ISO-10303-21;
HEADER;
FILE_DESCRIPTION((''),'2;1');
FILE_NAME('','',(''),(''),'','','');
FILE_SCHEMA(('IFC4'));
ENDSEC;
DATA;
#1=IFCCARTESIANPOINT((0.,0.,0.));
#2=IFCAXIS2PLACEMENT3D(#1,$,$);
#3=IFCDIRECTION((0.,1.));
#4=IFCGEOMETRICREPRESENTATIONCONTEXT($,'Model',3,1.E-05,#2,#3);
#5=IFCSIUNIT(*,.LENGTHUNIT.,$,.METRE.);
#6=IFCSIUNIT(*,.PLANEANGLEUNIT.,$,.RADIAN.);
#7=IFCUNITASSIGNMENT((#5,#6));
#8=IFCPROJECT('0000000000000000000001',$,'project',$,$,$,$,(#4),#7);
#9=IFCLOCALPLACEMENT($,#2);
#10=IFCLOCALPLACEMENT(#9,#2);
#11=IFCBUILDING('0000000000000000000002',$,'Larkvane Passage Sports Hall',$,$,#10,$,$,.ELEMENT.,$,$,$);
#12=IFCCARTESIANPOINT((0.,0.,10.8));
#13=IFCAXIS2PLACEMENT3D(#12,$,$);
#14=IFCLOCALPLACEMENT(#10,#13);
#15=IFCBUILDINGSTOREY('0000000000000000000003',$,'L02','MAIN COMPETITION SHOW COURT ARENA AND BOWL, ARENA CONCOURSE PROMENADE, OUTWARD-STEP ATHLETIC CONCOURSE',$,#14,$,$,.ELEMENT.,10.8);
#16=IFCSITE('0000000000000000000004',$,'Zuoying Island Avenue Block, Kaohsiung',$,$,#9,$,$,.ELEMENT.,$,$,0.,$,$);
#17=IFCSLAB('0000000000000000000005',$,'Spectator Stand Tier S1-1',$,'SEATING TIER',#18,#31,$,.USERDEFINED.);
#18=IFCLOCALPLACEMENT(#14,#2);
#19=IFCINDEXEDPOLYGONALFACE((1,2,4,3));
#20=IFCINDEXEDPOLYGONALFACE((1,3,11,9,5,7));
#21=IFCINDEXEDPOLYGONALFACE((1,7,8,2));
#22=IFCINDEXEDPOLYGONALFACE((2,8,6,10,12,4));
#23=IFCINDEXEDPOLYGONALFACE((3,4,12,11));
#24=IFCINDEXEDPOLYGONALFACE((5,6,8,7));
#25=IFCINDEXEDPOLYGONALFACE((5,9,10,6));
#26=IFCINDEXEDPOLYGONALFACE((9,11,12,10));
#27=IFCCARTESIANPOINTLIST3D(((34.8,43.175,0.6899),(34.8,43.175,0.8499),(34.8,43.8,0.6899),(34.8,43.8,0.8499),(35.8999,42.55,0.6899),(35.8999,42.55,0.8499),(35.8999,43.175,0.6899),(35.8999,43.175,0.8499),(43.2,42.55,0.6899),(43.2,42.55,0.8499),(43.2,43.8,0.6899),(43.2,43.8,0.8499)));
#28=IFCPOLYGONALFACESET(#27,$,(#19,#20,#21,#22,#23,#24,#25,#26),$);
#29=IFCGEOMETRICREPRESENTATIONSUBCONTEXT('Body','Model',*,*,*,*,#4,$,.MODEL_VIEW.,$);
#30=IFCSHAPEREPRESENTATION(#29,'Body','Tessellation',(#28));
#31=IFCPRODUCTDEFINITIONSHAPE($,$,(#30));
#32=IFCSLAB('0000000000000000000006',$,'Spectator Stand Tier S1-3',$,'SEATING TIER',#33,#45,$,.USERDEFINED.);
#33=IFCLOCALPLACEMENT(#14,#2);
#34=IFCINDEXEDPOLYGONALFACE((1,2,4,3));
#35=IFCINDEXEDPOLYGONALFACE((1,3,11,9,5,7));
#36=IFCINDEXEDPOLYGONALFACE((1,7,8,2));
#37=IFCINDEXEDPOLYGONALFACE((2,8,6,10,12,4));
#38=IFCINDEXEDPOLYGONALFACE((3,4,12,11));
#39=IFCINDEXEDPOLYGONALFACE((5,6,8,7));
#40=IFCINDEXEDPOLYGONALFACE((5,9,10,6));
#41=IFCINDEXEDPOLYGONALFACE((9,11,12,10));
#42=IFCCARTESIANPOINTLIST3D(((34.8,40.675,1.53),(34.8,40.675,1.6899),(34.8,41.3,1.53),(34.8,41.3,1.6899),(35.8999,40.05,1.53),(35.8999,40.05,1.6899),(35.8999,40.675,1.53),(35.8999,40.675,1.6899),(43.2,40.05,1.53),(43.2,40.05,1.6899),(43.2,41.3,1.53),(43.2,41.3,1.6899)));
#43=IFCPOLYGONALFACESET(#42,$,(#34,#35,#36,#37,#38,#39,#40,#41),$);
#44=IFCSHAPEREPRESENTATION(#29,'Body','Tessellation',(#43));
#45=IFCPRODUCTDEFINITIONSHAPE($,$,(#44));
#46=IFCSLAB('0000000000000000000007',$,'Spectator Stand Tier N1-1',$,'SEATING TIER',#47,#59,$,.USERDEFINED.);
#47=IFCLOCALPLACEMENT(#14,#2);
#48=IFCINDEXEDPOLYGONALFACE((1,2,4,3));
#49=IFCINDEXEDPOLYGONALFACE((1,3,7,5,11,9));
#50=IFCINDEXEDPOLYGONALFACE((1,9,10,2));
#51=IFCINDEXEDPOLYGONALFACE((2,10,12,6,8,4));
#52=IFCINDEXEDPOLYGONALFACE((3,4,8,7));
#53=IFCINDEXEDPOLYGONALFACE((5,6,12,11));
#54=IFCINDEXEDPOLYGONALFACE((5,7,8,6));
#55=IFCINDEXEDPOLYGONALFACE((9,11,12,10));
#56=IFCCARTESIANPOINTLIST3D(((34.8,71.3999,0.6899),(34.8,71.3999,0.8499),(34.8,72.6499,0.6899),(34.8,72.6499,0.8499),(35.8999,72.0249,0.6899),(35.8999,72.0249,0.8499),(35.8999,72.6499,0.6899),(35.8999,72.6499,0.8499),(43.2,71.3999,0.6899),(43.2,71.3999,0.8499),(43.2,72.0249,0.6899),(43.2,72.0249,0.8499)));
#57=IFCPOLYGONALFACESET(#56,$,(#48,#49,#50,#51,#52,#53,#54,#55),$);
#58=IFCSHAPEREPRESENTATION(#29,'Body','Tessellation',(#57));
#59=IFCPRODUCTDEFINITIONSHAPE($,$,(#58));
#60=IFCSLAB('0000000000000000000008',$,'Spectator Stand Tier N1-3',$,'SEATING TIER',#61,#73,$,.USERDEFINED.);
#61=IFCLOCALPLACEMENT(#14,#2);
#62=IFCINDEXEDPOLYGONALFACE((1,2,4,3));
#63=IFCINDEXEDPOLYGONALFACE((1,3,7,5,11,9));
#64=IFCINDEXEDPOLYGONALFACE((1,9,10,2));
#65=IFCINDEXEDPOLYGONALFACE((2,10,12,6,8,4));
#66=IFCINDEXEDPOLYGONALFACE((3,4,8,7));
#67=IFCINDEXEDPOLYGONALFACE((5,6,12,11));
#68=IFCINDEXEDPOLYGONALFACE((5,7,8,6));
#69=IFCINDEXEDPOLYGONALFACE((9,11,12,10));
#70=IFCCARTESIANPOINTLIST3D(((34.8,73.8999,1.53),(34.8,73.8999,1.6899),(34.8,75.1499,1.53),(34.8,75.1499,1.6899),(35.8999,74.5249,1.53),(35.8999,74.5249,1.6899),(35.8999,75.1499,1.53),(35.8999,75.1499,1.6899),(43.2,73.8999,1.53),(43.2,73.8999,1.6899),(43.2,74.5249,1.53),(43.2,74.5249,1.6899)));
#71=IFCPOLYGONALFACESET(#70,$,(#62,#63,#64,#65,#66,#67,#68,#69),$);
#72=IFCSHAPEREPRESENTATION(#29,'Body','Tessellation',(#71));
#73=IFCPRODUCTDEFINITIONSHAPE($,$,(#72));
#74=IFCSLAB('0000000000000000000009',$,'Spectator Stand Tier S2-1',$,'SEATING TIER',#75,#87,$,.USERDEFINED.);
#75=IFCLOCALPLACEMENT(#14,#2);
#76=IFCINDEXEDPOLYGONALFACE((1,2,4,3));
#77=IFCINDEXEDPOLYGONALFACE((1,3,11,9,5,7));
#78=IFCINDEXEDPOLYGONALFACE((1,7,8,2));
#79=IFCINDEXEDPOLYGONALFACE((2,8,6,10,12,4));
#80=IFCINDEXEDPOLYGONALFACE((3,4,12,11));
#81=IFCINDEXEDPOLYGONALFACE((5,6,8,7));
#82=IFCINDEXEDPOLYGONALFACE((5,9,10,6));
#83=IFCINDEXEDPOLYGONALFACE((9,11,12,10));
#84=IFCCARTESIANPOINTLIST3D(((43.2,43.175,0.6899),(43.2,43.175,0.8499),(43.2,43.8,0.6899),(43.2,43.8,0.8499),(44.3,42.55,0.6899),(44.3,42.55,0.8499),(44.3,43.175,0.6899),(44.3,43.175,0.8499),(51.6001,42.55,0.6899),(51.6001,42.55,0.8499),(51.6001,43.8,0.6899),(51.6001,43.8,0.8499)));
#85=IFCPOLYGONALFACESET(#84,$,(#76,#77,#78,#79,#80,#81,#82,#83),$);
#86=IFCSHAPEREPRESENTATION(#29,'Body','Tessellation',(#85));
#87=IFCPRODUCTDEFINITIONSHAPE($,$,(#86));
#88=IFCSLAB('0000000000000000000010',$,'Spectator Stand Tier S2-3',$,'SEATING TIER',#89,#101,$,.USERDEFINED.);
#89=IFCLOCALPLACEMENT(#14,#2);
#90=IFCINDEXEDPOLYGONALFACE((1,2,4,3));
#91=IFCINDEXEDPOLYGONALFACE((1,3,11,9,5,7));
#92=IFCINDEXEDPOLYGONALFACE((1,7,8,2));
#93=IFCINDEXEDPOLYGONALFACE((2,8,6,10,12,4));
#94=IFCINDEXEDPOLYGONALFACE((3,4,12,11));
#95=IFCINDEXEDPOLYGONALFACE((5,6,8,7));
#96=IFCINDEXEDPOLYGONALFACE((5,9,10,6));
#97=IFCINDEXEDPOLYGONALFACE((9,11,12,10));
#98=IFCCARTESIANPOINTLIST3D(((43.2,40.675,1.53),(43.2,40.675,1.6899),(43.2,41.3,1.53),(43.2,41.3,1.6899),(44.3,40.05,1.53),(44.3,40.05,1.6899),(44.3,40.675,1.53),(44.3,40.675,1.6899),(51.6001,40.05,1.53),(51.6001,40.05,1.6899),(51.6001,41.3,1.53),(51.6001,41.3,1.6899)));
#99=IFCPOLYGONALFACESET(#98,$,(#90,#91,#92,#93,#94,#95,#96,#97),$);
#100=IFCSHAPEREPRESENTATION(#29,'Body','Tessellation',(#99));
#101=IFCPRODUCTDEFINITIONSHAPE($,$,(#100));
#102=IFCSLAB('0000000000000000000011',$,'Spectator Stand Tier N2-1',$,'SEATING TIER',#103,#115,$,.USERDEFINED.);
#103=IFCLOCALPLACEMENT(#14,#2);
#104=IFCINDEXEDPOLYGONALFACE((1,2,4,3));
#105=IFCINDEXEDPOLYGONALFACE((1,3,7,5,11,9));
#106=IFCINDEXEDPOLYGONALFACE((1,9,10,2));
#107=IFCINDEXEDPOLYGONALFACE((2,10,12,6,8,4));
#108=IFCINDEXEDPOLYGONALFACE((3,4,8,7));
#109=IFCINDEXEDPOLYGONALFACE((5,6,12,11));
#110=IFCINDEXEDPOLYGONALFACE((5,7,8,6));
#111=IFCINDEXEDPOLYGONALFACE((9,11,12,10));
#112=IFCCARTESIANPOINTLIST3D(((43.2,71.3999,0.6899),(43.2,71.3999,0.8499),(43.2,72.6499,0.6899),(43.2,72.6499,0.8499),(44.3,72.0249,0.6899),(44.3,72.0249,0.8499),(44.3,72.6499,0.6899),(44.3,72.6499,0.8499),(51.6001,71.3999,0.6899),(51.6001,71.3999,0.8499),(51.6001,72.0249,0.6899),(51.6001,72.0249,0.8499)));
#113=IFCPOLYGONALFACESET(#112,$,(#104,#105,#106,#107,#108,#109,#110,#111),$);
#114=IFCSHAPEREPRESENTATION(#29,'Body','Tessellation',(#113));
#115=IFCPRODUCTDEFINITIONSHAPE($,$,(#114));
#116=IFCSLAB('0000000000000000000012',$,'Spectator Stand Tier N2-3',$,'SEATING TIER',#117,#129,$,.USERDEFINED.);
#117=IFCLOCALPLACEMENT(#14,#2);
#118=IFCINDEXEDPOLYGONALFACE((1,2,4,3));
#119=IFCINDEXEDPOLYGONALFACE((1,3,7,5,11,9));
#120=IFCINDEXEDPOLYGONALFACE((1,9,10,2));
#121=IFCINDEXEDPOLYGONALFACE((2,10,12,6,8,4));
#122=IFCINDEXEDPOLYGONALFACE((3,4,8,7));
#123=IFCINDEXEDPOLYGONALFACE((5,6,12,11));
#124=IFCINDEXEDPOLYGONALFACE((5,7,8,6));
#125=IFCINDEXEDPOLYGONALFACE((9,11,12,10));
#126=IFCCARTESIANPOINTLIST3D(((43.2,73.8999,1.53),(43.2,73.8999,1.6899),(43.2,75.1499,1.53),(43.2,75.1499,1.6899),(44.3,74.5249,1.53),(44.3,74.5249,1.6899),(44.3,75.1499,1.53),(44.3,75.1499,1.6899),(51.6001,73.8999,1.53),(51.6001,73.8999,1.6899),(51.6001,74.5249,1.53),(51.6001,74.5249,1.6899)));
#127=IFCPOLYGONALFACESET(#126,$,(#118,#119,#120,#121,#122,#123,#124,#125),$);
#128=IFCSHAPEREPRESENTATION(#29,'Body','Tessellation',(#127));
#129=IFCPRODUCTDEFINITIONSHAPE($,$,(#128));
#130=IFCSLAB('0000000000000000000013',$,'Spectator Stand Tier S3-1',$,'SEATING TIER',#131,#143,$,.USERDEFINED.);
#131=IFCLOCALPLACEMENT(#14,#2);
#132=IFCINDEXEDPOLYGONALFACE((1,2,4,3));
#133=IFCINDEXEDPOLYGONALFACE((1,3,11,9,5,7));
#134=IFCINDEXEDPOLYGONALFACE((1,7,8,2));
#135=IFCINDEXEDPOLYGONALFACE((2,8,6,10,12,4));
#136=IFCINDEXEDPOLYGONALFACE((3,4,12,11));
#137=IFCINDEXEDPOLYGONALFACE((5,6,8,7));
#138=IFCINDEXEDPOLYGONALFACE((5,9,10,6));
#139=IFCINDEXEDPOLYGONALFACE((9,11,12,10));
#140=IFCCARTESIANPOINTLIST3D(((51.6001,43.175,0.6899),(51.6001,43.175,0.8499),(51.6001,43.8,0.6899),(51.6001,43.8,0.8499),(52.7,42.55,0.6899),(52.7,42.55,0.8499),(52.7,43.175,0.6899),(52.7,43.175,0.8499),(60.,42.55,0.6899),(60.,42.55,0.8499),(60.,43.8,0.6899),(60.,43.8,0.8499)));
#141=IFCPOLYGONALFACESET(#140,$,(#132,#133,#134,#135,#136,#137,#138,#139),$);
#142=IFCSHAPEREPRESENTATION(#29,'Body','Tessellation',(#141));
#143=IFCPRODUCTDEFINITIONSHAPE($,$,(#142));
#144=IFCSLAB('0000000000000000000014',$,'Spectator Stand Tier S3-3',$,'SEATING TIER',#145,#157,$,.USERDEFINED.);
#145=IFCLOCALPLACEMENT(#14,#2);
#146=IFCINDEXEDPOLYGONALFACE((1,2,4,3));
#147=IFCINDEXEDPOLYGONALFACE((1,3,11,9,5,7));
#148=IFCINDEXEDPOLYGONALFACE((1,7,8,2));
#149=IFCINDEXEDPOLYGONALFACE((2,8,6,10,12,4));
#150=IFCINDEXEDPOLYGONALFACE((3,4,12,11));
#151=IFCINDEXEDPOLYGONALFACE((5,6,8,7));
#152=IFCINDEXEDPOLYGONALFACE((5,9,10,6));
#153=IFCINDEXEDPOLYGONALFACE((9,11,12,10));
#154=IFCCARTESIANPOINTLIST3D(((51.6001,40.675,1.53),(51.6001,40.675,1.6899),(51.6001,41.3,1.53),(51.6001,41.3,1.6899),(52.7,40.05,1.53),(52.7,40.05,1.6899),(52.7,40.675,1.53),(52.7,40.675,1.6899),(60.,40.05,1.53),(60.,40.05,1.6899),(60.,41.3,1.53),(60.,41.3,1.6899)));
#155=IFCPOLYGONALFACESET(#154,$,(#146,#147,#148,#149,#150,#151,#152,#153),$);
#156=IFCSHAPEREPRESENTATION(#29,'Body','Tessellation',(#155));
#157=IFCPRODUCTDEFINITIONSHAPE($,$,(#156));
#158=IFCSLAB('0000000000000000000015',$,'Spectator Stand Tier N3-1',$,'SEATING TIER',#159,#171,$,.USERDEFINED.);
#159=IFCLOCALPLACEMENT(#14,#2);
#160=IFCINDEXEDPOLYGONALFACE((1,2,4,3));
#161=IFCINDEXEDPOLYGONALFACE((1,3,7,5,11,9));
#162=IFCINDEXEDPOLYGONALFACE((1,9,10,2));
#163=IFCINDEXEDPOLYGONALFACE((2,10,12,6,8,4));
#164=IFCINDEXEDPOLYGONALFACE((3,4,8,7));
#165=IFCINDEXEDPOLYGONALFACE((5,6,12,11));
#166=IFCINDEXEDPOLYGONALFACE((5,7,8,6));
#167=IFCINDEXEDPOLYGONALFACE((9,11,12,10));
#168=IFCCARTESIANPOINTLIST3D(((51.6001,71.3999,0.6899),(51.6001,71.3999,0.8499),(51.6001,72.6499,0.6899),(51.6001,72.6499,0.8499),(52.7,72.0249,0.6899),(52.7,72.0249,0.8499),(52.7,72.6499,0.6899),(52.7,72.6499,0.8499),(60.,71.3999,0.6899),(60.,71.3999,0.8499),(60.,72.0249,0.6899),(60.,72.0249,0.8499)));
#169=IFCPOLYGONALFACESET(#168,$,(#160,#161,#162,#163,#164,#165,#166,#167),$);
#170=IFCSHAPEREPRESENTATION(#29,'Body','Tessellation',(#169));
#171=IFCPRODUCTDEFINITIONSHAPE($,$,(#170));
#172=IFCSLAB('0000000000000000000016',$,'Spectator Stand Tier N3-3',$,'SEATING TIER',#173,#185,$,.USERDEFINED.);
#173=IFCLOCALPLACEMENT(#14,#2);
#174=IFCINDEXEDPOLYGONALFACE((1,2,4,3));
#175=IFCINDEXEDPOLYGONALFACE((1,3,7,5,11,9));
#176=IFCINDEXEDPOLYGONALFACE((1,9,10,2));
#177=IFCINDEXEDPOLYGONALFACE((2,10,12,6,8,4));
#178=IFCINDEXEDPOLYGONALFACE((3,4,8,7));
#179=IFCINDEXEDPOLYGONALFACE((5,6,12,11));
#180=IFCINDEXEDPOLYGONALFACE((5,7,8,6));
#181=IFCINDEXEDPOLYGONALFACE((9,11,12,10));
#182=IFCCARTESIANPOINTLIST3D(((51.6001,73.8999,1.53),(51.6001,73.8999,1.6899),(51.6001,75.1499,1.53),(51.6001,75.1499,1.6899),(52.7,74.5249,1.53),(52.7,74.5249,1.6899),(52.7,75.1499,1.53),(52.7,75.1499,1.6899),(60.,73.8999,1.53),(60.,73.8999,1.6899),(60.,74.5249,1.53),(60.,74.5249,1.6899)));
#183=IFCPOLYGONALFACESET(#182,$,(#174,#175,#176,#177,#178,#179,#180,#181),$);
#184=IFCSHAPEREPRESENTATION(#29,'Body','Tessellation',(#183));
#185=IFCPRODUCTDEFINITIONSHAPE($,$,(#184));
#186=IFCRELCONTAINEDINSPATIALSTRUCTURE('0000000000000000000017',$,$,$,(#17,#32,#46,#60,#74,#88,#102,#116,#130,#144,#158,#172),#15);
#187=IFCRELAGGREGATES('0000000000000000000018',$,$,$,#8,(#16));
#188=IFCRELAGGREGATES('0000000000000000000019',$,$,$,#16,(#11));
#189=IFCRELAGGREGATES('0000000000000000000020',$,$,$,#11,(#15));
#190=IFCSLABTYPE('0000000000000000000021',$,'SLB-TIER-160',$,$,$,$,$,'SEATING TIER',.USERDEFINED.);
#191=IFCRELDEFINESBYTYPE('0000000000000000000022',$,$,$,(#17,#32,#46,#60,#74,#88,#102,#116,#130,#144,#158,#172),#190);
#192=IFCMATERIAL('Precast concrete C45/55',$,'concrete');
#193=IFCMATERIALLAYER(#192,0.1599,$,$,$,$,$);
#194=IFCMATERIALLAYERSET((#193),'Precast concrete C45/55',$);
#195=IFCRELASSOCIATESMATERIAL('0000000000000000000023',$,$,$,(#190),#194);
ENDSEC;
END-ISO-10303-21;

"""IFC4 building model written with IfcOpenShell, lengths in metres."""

from ifc_helpers import new_model, si_unit, direction, frame, origin, place, context, subcontext, project, spatial, polyline, outline, extrude, material, layer, layer_set, type_object, element, save


model = new_model("IFC4")

# Units and contexts
model_context = context("Model", 3, precision=1e-05, world=origin(), true_north=direction((0.0, 1.0)))
body_context = subcontext(model_context, "Body", "Model", "MODEL_VIEW")
ifc_project = project(units=[si_unit("LENGTHUNIT", "METRE"), si_unit("PLANEANGLEUNIT", "RADIAN")], contexts=[model_context])

# Site, building, storey
site_placement = place(None, origin())
site = spatial("IfcSite", under=ifc_project, at=site_placement, Name="Zuoying Island Avenue Block, Kaohsiung", CompositionType="ELEMENT", RefElevation=0.0)
building_placement = place(site_placement, origin())
building = spatial("IfcBuilding", under=site, at=building_placement, Name="Larkvane Passage Sports Hall", CompositionType="ELEMENT")
storey_placement = place(building_placement, frame((0.0, 0.0, 10.8)))
storey = spatial("IfcBuildingStorey", under=building, at=storey_placement, Name="L02", Description="MAIN COMPETITION SHOW COURT ARENA AND BOWL, ARENA CONCOURSE PROMENADE, OUTWARD-STEP ATHLETIC CONCOURSE", CompositionType="ELEMENT", Elevation=10.8)

# Slabs
ifc_material_1 = material(Name="Precast concrete C45/55", Category="concrete")
ifc_layer_1 = layer(ifc_material_1, 0.1599)
ifc_layer_set_1 = layer_set([ifc_layer_1], Name="Precast concrete C45/55")
slab_type_1 = type_object("IfcSlabType", Name="SLB-TIER-160", ElementType="SEATING TIER", PredefinedType="USERDEFINED", material=ifc_layer_set_1)
slab_1_placement = place(storey_placement, frame((0.0, 0.0, 0.6899)))
element("IfcSlab", 1, at=slab_1_placement, inside=storey, type_object=slab_type_1, Name="Spectator Stand Tier S1-1", ObjectType="SEATING TIER", PredefinedType="USERDEFINED", context=body_context, shape_type="SweptSolid", body=[
    extrude(outline(polyline([(35.8999, 42.55), (43.2, 42.55), (43.2, 43.8), (34.8, 43.8), (34.8, 43.175), (35.8999, 43.175), (35.8999, 42.55)])), origin(), (0.0, 0.0, 1.0), 0.1599),
])
slab_2_placement = place(storey_placement, frame((0.0, 0.0, 1.53)))
element("IfcSlab", 2, at=slab_2_placement, inside=storey, type_object=slab_type_1, Name="Spectator Stand Tier S1-3", ObjectType="SEATING TIER", PredefinedType="USERDEFINED", context=body_context, shape_type="SweptSolid", body=[
    extrude(outline(polyline([(35.8999, 40.05), (43.2, 40.05), (43.2, 41.3), (34.8, 41.3), (34.8, 40.675), (35.8999, 40.675), (35.8999, 40.05)])), origin(), (0.0, 0.0, 1.0), 0.1599),
])
slab_3_placement = place(storey_placement, frame((0.0, 0.0, 0.6899)))
element("IfcSlab", 3, at=slab_3_placement, inside=storey, type_object=slab_type_1, Name="Spectator Stand Tier N1-1", ObjectType="SEATING TIER", PredefinedType="USERDEFINED", context=body_context, shape_type="SweptSolid", body=[
    extrude(outline(polyline([(34.8, 71.3999), (43.2, 71.3999), (43.2, 72.0249), (35.8999, 72.0249), (35.8999, 72.6499), (34.8, 72.6499), (34.8, 71.3999)])), origin(), (0.0, 0.0, 1.0), 0.1599),
])
slab_4_placement = place(storey_placement, frame((0.0, 0.0, 1.53)))
element("IfcSlab", 4, at=slab_4_placement, inside=storey, type_object=slab_type_1, Name="Spectator Stand Tier N1-3", ObjectType="SEATING TIER", PredefinedType="USERDEFINED", context=body_context, shape_type="SweptSolid", body=[
    extrude(outline(polyline([(34.8, 73.8999), (43.2, 73.8999), (43.2, 74.5249), (35.8999, 74.5249), (35.8999, 75.1499), (34.8, 75.1499), (34.8, 73.8999)])), origin(), (0.0, 0.0, 1.0), 0.1599),
])
slab_5_placement = place(storey_placement, frame((0.0, 0.0, 0.6899)))
element("IfcSlab", 5, at=slab_5_placement, inside=storey, type_object=slab_type_1, Name="Spectator Stand Tier S2-1", ObjectType="SEATING TIER", PredefinedType="USERDEFINED", context=body_context, shape_type="SweptSolid", body=[
    extrude(outline(polyline([(44.3, 42.55), (51.6001, 42.55), (51.6001, 43.8), (43.2, 43.8), (43.2, 43.175), (44.3, 43.175), (44.3, 42.55)])), origin(), (0.0, 0.0, 1.0), 0.1599),
])
slab_6_placement = place(storey_placement, frame((0.0, 0.0, 1.53)))
element("IfcSlab", 6, at=slab_6_placement, inside=storey, type_object=slab_type_1, Name="Spectator Stand Tier S2-3", ObjectType="SEATING TIER", PredefinedType="USERDEFINED", context=body_context, shape_type="SweptSolid", body=[
    extrude(outline(polyline([(44.3, 40.05), (51.6001, 40.05), (51.6001, 41.3), (43.2, 41.3), (43.2, 40.675), (44.3, 40.675), (44.3, 40.05)])), origin(), (0.0, 0.0, 1.0), 0.1599),
])
slab_7_placement = place(storey_placement, frame((0.0, 0.0, 0.6899)))
element("IfcSlab", 7, at=slab_7_placement, inside=storey, type_object=slab_type_1, Name="Spectator Stand Tier N2-1", ObjectType="SEATING TIER", PredefinedType="USERDEFINED", context=body_context, shape_type="SweptSolid", body=[
    extrude(outline(polyline([(43.2, 71.3999), (51.6001, 71.3999), (51.6001, 72.0249), (44.3, 72.0249), (44.3, 72.6499), (43.2, 72.6499), (43.2, 71.3999)])), origin(), (0.0, 0.0, 1.0), 0.1599),
])
slab_8_placement = place(storey_placement, frame((0.0, 0.0, 1.53)))
element("IfcSlab", 8, at=slab_8_placement, inside=storey, type_object=slab_type_1, Name="Spectator Stand Tier N2-3", ObjectType="SEATING TIER", PredefinedType="USERDEFINED", context=body_context, shape_type="SweptSolid", body=[
    extrude(outline(polyline([(43.2, 73.8999), (51.6001, 73.8999), (51.6001, 74.5249), (44.3, 74.5249), (44.3, 75.1499), (43.2, 75.1499), (43.2, 73.8999)])), origin(), (0.0, 0.0, 1.0), 0.1599),
])
slab_9_placement = place(storey_placement, frame((0.0, 0.0, 0.6899)))
element("IfcSlab", 9, at=slab_9_placement, inside=storey, type_object=slab_type_1, Name="Spectator Stand Tier S3-1", ObjectType="SEATING TIER", PredefinedType="USERDEFINED", context=body_context, shape_type="SweptSolid", body=[
    extrude(outline(polyline([(52.7, 42.55), (60.0, 42.55), (60.0, 43.8), (51.6001, 43.8), (51.6001, 43.175), (52.7, 43.175), (52.7, 42.55)])), origin(), (0.0, 0.0, 1.0), 0.1599),
])
slab_10_placement = place(storey_placement, frame((0.0, 0.0, 1.53)))
element("IfcSlab", 10, at=slab_10_placement, inside=storey, type_object=slab_type_1, Name="Spectator Stand Tier S3-3", ObjectType="SEATING TIER", PredefinedType="USERDEFINED", context=body_context, shape_type="SweptSolid", body=[
    extrude(outline(polyline([(52.7, 40.05), (60.0, 40.05), (60.0, 41.3), (51.6001, 41.3), (51.6001, 40.675), (52.7, 40.675), (52.7, 40.05)])), origin(), (0.0, 0.0, 1.0), 0.1599),
])
slab_11_placement = place(storey_placement, frame((0.0, 0.0, 0.6899)))
element("IfcSlab", 11, at=slab_11_placement, inside=storey, type_object=slab_type_1, Name="Spectator Stand Tier N3-1", ObjectType="SEATING TIER", PredefinedType="USERDEFINED", context=body_context, shape_type="SweptSolid", body=[
    extrude(outline(polyline([(51.6001, 71.3999), (60.0, 71.3999), (60.0, 72.0249), (52.7, 72.0249), (52.7, 72.6499), (51.6001, 72.6499), (51.6001, 71.3999)])), origin(), (0.0, 0.0, 1.0), 0.1599),
])
slab_12_placement = place(storey_placement, frame((0.0, 0.0, 1.53)))
element("IfcSlab", 12, at=slab_12_placement, inside=storey, type_object=slab_type_1, Name="Spectator Stand Tier N3-3", ObjectType="SEATING TIER", PredefinedType="USERDEFINED", context=body_context, shape_type="SweptSolid", body=[
    extrude(outline(polyline([(51.6001, 73.8999), (60.0, 73.8999), (60.0, 74.5249), (52.7, 74.5249), (52.7, 75.1499), (51.6001, 75.1499), (51.6001, 73.8999)])), origin(), (0.0, 0.0, 1.0), 0.1599),
])

save(model, "model.ifc")
